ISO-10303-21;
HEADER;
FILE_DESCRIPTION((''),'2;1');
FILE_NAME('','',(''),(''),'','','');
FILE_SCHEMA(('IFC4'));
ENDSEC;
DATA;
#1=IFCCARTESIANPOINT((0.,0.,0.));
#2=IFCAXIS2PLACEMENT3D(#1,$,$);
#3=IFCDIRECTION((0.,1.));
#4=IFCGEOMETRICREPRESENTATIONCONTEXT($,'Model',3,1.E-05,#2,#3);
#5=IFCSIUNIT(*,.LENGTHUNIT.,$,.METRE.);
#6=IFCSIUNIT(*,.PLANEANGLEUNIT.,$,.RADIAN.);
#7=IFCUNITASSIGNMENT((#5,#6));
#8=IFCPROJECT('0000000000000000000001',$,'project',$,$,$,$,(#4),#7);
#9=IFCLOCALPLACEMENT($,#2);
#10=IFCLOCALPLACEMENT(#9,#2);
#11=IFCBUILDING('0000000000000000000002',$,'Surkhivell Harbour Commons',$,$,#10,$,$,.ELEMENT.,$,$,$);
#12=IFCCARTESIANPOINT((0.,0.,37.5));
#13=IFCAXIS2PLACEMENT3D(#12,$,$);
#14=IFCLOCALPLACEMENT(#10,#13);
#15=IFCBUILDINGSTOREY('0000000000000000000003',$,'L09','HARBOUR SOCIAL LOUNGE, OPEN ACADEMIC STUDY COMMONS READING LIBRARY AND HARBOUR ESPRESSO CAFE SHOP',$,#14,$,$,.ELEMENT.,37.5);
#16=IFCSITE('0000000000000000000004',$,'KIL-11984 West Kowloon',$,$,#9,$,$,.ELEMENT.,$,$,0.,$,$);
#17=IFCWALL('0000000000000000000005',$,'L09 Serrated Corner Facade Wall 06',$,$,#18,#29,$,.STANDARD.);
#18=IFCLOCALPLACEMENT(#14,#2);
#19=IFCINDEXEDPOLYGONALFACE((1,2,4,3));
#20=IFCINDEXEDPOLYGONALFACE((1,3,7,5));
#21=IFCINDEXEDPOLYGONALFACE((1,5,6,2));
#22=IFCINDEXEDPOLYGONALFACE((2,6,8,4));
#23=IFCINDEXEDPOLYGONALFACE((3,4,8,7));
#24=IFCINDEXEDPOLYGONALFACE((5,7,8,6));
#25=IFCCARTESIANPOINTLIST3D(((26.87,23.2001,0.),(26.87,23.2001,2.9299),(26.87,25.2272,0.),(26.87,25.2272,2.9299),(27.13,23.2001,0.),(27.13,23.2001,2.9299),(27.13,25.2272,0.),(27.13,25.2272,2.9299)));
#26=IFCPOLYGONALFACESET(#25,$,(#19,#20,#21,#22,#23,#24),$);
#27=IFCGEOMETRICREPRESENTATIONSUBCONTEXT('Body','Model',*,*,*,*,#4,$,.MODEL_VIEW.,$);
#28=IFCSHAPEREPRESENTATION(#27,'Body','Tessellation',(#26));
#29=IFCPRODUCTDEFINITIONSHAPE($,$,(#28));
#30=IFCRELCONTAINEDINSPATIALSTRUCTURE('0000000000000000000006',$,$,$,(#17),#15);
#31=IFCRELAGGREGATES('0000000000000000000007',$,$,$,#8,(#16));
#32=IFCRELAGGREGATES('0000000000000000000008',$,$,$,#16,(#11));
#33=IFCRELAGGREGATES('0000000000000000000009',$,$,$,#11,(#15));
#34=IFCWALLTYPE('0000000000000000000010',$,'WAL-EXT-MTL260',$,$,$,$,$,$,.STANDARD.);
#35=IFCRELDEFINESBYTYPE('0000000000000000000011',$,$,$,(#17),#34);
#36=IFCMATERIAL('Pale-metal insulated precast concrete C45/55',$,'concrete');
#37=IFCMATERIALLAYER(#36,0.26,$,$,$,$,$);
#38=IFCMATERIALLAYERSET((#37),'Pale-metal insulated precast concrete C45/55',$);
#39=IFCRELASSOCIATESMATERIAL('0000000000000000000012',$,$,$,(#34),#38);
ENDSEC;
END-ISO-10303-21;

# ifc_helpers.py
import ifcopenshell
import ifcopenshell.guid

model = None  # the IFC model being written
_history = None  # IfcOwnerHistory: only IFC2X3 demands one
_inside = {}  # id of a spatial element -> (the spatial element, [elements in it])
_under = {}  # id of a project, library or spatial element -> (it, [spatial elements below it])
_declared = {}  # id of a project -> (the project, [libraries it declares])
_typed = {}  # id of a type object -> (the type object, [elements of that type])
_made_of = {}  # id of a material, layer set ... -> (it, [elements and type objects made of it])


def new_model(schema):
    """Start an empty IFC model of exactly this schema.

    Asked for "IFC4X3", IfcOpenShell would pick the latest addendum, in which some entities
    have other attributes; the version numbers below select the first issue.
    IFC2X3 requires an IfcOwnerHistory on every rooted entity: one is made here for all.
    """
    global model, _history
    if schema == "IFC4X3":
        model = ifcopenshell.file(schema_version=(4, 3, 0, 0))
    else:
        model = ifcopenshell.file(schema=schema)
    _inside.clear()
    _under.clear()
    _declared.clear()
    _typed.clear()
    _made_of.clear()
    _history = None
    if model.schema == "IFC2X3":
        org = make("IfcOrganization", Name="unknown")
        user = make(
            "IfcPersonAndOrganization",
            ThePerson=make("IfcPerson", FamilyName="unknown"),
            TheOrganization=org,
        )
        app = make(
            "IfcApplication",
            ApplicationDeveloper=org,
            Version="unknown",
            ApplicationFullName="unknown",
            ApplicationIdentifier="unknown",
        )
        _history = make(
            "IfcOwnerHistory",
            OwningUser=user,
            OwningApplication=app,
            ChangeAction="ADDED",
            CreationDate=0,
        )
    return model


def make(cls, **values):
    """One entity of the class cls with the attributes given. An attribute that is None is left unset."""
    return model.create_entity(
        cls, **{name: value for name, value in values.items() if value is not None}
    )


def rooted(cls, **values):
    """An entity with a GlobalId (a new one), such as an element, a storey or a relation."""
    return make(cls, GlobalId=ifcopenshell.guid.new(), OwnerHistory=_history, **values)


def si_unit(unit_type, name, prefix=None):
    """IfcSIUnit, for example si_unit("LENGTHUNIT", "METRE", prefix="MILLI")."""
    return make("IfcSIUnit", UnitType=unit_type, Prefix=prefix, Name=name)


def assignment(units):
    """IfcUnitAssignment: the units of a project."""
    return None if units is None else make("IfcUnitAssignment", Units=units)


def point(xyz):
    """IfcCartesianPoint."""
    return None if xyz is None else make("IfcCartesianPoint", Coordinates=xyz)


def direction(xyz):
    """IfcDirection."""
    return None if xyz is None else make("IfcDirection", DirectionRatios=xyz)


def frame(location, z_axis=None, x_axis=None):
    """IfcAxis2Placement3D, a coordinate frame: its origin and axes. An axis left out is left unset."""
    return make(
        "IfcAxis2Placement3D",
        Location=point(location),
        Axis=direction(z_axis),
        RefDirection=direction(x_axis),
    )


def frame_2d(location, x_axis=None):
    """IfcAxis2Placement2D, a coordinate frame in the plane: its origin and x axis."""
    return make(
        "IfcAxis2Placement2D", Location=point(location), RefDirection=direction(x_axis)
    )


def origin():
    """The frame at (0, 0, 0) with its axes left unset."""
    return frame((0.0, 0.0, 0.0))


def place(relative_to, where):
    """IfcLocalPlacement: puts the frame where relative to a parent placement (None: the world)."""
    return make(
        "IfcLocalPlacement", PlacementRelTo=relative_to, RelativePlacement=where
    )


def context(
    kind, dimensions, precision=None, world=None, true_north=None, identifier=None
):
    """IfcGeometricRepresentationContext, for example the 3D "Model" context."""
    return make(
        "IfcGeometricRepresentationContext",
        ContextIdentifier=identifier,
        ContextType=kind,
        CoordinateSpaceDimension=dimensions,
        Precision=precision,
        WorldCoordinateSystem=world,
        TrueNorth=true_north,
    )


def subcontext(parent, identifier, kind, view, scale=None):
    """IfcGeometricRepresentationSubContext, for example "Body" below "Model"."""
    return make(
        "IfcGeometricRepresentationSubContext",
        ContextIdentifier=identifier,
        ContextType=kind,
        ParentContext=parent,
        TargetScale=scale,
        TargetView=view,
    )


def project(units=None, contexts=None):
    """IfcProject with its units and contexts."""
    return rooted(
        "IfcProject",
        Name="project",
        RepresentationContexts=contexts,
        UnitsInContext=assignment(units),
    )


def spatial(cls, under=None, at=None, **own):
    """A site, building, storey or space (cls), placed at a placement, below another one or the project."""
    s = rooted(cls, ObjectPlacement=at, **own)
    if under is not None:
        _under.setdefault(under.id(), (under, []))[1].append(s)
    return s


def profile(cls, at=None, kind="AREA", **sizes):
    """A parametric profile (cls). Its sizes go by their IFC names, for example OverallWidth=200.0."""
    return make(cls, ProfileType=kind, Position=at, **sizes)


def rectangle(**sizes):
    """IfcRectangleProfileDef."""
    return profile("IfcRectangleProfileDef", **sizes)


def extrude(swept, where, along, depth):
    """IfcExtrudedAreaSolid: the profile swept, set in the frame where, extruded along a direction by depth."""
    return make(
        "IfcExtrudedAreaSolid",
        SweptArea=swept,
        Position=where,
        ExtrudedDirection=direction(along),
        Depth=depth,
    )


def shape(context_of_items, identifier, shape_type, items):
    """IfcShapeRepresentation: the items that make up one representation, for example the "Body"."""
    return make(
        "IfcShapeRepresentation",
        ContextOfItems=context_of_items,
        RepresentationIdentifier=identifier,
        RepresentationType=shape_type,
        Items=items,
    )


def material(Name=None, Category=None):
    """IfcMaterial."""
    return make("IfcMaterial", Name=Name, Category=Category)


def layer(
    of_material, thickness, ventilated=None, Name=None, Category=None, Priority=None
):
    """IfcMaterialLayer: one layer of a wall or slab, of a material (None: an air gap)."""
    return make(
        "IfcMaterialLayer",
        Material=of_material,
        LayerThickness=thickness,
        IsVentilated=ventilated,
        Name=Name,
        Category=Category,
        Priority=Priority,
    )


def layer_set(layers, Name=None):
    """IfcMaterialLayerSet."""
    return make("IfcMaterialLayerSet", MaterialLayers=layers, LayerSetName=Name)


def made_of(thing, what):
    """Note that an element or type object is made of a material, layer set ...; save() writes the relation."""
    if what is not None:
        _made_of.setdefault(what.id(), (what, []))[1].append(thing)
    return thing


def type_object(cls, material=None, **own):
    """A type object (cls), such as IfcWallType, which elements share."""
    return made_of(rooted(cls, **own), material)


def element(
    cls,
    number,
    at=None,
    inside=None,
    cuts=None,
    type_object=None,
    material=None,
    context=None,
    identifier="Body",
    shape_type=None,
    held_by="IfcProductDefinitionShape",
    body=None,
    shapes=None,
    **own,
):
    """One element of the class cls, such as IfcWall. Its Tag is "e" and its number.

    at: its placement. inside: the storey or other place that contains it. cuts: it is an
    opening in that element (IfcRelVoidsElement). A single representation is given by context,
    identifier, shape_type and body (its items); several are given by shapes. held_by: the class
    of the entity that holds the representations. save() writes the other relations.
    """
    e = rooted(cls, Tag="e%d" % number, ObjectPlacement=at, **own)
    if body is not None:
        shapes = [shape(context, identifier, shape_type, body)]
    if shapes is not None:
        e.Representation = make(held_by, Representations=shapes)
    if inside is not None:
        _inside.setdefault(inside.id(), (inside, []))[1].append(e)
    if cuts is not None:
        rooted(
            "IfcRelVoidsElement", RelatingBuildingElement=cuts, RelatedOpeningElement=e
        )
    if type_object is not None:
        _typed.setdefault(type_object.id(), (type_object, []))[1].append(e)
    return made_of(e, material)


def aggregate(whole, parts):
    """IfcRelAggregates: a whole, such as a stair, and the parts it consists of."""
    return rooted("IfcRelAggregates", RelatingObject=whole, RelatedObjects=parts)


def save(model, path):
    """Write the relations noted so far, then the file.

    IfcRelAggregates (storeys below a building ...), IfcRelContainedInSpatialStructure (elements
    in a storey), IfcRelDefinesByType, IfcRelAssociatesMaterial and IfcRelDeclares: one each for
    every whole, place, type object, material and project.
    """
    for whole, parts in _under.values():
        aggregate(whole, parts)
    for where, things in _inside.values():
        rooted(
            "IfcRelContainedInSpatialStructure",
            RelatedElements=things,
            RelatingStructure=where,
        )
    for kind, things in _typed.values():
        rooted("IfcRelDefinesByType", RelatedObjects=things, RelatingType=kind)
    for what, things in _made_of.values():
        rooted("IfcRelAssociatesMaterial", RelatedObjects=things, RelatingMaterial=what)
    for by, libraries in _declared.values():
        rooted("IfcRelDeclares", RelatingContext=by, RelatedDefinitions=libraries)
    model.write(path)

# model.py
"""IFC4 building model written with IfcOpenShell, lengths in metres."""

from ifc_helpers import new_model, si_unit, direction, frame, frame_2d, origin, place, context, subcontext, project, spatial, rectangle, extrude, material, layer, layer_set, type_object, element, save


model = new_model("IFC4")

# Units and contexts
model_context = context("Model", 3, precision=1e-05, world=origin(), true_north=direction((0.0, 1.0)))
body_context = subcontext(model_context, "Body", "Model", "MODEL_VIEW")
ifc_project = project(units=[si_unit("LENGTHUNIT", "METRE"), si_unit("PLANEANGLEUNIT", "RADIAN")], contexts=[model_context])

# Site, building, storey
site_placement = place(None, origin())
site = spatial("IfcSite", under=ifc_project, at=site_placement, Name="KIL-11984 West Kowloon", CompositionType="ELEMENT", RefElevation=0.0)
building_placement = place(site_placement, origin())
building = spatial("IfcBuilding", under=site, at=building_placement, Name="Surkhivell Harbour Commons", CompositionType="ELEMENT")
storey_placement = place(building_placement, frame((0.0, 0.0, 37.5)))
storey = spatial("IfcBuildingStorey", under=building, at=storey_placement, Name="L09", Description="HARBOUR SOCIAL LOUNGE, OPEN ACADEMIC STUDY COMMONS READING LIBRARY AND HARBOUR ESPRESSO CAFE SHOP", CompositionType="ELEMENT", Elevation=37.5)

# Shared definitions
ifc_material_1 = material(Name="Pale-metal insulated precast concrete C45/55", Category="concrete")
ifc_layer_1 = layer(ifc_material_1, 0.26)
ifc_layer_set_1 = layer_set([ifc_layer_1], Name="Pale-metal insulated precast concrete C45/55")
wall_type = type_object("IfcWallType", Name="WAL-EXT-MTL260", PredefinedType="STANDARD", material=ifc_layer_set_1)

# Wall
wall_1_placement = place(storey_placement, frame((27.0, 23.2, 0.0), z_axis=(0.0, 0.0, 1.0), x_axis=(0.0, 1.0, 0.0)))
element("IfcWall", 1, at=wall_1_placement, inside=storey, type_object=wall_type, Name="L09 Serrated Corner Facade Wall 06", PredefinedType="STANDARD", context=body_context, shape_type="SweptSolid", body=[
    extrude(rectangle(XDim=2.0271, YDim=0.26, at=frame_2d((1.0137, 0.0))), origin(), (0.0, 0.0, 1.0), 2.9299),
])

save(model, "model.ifc")
